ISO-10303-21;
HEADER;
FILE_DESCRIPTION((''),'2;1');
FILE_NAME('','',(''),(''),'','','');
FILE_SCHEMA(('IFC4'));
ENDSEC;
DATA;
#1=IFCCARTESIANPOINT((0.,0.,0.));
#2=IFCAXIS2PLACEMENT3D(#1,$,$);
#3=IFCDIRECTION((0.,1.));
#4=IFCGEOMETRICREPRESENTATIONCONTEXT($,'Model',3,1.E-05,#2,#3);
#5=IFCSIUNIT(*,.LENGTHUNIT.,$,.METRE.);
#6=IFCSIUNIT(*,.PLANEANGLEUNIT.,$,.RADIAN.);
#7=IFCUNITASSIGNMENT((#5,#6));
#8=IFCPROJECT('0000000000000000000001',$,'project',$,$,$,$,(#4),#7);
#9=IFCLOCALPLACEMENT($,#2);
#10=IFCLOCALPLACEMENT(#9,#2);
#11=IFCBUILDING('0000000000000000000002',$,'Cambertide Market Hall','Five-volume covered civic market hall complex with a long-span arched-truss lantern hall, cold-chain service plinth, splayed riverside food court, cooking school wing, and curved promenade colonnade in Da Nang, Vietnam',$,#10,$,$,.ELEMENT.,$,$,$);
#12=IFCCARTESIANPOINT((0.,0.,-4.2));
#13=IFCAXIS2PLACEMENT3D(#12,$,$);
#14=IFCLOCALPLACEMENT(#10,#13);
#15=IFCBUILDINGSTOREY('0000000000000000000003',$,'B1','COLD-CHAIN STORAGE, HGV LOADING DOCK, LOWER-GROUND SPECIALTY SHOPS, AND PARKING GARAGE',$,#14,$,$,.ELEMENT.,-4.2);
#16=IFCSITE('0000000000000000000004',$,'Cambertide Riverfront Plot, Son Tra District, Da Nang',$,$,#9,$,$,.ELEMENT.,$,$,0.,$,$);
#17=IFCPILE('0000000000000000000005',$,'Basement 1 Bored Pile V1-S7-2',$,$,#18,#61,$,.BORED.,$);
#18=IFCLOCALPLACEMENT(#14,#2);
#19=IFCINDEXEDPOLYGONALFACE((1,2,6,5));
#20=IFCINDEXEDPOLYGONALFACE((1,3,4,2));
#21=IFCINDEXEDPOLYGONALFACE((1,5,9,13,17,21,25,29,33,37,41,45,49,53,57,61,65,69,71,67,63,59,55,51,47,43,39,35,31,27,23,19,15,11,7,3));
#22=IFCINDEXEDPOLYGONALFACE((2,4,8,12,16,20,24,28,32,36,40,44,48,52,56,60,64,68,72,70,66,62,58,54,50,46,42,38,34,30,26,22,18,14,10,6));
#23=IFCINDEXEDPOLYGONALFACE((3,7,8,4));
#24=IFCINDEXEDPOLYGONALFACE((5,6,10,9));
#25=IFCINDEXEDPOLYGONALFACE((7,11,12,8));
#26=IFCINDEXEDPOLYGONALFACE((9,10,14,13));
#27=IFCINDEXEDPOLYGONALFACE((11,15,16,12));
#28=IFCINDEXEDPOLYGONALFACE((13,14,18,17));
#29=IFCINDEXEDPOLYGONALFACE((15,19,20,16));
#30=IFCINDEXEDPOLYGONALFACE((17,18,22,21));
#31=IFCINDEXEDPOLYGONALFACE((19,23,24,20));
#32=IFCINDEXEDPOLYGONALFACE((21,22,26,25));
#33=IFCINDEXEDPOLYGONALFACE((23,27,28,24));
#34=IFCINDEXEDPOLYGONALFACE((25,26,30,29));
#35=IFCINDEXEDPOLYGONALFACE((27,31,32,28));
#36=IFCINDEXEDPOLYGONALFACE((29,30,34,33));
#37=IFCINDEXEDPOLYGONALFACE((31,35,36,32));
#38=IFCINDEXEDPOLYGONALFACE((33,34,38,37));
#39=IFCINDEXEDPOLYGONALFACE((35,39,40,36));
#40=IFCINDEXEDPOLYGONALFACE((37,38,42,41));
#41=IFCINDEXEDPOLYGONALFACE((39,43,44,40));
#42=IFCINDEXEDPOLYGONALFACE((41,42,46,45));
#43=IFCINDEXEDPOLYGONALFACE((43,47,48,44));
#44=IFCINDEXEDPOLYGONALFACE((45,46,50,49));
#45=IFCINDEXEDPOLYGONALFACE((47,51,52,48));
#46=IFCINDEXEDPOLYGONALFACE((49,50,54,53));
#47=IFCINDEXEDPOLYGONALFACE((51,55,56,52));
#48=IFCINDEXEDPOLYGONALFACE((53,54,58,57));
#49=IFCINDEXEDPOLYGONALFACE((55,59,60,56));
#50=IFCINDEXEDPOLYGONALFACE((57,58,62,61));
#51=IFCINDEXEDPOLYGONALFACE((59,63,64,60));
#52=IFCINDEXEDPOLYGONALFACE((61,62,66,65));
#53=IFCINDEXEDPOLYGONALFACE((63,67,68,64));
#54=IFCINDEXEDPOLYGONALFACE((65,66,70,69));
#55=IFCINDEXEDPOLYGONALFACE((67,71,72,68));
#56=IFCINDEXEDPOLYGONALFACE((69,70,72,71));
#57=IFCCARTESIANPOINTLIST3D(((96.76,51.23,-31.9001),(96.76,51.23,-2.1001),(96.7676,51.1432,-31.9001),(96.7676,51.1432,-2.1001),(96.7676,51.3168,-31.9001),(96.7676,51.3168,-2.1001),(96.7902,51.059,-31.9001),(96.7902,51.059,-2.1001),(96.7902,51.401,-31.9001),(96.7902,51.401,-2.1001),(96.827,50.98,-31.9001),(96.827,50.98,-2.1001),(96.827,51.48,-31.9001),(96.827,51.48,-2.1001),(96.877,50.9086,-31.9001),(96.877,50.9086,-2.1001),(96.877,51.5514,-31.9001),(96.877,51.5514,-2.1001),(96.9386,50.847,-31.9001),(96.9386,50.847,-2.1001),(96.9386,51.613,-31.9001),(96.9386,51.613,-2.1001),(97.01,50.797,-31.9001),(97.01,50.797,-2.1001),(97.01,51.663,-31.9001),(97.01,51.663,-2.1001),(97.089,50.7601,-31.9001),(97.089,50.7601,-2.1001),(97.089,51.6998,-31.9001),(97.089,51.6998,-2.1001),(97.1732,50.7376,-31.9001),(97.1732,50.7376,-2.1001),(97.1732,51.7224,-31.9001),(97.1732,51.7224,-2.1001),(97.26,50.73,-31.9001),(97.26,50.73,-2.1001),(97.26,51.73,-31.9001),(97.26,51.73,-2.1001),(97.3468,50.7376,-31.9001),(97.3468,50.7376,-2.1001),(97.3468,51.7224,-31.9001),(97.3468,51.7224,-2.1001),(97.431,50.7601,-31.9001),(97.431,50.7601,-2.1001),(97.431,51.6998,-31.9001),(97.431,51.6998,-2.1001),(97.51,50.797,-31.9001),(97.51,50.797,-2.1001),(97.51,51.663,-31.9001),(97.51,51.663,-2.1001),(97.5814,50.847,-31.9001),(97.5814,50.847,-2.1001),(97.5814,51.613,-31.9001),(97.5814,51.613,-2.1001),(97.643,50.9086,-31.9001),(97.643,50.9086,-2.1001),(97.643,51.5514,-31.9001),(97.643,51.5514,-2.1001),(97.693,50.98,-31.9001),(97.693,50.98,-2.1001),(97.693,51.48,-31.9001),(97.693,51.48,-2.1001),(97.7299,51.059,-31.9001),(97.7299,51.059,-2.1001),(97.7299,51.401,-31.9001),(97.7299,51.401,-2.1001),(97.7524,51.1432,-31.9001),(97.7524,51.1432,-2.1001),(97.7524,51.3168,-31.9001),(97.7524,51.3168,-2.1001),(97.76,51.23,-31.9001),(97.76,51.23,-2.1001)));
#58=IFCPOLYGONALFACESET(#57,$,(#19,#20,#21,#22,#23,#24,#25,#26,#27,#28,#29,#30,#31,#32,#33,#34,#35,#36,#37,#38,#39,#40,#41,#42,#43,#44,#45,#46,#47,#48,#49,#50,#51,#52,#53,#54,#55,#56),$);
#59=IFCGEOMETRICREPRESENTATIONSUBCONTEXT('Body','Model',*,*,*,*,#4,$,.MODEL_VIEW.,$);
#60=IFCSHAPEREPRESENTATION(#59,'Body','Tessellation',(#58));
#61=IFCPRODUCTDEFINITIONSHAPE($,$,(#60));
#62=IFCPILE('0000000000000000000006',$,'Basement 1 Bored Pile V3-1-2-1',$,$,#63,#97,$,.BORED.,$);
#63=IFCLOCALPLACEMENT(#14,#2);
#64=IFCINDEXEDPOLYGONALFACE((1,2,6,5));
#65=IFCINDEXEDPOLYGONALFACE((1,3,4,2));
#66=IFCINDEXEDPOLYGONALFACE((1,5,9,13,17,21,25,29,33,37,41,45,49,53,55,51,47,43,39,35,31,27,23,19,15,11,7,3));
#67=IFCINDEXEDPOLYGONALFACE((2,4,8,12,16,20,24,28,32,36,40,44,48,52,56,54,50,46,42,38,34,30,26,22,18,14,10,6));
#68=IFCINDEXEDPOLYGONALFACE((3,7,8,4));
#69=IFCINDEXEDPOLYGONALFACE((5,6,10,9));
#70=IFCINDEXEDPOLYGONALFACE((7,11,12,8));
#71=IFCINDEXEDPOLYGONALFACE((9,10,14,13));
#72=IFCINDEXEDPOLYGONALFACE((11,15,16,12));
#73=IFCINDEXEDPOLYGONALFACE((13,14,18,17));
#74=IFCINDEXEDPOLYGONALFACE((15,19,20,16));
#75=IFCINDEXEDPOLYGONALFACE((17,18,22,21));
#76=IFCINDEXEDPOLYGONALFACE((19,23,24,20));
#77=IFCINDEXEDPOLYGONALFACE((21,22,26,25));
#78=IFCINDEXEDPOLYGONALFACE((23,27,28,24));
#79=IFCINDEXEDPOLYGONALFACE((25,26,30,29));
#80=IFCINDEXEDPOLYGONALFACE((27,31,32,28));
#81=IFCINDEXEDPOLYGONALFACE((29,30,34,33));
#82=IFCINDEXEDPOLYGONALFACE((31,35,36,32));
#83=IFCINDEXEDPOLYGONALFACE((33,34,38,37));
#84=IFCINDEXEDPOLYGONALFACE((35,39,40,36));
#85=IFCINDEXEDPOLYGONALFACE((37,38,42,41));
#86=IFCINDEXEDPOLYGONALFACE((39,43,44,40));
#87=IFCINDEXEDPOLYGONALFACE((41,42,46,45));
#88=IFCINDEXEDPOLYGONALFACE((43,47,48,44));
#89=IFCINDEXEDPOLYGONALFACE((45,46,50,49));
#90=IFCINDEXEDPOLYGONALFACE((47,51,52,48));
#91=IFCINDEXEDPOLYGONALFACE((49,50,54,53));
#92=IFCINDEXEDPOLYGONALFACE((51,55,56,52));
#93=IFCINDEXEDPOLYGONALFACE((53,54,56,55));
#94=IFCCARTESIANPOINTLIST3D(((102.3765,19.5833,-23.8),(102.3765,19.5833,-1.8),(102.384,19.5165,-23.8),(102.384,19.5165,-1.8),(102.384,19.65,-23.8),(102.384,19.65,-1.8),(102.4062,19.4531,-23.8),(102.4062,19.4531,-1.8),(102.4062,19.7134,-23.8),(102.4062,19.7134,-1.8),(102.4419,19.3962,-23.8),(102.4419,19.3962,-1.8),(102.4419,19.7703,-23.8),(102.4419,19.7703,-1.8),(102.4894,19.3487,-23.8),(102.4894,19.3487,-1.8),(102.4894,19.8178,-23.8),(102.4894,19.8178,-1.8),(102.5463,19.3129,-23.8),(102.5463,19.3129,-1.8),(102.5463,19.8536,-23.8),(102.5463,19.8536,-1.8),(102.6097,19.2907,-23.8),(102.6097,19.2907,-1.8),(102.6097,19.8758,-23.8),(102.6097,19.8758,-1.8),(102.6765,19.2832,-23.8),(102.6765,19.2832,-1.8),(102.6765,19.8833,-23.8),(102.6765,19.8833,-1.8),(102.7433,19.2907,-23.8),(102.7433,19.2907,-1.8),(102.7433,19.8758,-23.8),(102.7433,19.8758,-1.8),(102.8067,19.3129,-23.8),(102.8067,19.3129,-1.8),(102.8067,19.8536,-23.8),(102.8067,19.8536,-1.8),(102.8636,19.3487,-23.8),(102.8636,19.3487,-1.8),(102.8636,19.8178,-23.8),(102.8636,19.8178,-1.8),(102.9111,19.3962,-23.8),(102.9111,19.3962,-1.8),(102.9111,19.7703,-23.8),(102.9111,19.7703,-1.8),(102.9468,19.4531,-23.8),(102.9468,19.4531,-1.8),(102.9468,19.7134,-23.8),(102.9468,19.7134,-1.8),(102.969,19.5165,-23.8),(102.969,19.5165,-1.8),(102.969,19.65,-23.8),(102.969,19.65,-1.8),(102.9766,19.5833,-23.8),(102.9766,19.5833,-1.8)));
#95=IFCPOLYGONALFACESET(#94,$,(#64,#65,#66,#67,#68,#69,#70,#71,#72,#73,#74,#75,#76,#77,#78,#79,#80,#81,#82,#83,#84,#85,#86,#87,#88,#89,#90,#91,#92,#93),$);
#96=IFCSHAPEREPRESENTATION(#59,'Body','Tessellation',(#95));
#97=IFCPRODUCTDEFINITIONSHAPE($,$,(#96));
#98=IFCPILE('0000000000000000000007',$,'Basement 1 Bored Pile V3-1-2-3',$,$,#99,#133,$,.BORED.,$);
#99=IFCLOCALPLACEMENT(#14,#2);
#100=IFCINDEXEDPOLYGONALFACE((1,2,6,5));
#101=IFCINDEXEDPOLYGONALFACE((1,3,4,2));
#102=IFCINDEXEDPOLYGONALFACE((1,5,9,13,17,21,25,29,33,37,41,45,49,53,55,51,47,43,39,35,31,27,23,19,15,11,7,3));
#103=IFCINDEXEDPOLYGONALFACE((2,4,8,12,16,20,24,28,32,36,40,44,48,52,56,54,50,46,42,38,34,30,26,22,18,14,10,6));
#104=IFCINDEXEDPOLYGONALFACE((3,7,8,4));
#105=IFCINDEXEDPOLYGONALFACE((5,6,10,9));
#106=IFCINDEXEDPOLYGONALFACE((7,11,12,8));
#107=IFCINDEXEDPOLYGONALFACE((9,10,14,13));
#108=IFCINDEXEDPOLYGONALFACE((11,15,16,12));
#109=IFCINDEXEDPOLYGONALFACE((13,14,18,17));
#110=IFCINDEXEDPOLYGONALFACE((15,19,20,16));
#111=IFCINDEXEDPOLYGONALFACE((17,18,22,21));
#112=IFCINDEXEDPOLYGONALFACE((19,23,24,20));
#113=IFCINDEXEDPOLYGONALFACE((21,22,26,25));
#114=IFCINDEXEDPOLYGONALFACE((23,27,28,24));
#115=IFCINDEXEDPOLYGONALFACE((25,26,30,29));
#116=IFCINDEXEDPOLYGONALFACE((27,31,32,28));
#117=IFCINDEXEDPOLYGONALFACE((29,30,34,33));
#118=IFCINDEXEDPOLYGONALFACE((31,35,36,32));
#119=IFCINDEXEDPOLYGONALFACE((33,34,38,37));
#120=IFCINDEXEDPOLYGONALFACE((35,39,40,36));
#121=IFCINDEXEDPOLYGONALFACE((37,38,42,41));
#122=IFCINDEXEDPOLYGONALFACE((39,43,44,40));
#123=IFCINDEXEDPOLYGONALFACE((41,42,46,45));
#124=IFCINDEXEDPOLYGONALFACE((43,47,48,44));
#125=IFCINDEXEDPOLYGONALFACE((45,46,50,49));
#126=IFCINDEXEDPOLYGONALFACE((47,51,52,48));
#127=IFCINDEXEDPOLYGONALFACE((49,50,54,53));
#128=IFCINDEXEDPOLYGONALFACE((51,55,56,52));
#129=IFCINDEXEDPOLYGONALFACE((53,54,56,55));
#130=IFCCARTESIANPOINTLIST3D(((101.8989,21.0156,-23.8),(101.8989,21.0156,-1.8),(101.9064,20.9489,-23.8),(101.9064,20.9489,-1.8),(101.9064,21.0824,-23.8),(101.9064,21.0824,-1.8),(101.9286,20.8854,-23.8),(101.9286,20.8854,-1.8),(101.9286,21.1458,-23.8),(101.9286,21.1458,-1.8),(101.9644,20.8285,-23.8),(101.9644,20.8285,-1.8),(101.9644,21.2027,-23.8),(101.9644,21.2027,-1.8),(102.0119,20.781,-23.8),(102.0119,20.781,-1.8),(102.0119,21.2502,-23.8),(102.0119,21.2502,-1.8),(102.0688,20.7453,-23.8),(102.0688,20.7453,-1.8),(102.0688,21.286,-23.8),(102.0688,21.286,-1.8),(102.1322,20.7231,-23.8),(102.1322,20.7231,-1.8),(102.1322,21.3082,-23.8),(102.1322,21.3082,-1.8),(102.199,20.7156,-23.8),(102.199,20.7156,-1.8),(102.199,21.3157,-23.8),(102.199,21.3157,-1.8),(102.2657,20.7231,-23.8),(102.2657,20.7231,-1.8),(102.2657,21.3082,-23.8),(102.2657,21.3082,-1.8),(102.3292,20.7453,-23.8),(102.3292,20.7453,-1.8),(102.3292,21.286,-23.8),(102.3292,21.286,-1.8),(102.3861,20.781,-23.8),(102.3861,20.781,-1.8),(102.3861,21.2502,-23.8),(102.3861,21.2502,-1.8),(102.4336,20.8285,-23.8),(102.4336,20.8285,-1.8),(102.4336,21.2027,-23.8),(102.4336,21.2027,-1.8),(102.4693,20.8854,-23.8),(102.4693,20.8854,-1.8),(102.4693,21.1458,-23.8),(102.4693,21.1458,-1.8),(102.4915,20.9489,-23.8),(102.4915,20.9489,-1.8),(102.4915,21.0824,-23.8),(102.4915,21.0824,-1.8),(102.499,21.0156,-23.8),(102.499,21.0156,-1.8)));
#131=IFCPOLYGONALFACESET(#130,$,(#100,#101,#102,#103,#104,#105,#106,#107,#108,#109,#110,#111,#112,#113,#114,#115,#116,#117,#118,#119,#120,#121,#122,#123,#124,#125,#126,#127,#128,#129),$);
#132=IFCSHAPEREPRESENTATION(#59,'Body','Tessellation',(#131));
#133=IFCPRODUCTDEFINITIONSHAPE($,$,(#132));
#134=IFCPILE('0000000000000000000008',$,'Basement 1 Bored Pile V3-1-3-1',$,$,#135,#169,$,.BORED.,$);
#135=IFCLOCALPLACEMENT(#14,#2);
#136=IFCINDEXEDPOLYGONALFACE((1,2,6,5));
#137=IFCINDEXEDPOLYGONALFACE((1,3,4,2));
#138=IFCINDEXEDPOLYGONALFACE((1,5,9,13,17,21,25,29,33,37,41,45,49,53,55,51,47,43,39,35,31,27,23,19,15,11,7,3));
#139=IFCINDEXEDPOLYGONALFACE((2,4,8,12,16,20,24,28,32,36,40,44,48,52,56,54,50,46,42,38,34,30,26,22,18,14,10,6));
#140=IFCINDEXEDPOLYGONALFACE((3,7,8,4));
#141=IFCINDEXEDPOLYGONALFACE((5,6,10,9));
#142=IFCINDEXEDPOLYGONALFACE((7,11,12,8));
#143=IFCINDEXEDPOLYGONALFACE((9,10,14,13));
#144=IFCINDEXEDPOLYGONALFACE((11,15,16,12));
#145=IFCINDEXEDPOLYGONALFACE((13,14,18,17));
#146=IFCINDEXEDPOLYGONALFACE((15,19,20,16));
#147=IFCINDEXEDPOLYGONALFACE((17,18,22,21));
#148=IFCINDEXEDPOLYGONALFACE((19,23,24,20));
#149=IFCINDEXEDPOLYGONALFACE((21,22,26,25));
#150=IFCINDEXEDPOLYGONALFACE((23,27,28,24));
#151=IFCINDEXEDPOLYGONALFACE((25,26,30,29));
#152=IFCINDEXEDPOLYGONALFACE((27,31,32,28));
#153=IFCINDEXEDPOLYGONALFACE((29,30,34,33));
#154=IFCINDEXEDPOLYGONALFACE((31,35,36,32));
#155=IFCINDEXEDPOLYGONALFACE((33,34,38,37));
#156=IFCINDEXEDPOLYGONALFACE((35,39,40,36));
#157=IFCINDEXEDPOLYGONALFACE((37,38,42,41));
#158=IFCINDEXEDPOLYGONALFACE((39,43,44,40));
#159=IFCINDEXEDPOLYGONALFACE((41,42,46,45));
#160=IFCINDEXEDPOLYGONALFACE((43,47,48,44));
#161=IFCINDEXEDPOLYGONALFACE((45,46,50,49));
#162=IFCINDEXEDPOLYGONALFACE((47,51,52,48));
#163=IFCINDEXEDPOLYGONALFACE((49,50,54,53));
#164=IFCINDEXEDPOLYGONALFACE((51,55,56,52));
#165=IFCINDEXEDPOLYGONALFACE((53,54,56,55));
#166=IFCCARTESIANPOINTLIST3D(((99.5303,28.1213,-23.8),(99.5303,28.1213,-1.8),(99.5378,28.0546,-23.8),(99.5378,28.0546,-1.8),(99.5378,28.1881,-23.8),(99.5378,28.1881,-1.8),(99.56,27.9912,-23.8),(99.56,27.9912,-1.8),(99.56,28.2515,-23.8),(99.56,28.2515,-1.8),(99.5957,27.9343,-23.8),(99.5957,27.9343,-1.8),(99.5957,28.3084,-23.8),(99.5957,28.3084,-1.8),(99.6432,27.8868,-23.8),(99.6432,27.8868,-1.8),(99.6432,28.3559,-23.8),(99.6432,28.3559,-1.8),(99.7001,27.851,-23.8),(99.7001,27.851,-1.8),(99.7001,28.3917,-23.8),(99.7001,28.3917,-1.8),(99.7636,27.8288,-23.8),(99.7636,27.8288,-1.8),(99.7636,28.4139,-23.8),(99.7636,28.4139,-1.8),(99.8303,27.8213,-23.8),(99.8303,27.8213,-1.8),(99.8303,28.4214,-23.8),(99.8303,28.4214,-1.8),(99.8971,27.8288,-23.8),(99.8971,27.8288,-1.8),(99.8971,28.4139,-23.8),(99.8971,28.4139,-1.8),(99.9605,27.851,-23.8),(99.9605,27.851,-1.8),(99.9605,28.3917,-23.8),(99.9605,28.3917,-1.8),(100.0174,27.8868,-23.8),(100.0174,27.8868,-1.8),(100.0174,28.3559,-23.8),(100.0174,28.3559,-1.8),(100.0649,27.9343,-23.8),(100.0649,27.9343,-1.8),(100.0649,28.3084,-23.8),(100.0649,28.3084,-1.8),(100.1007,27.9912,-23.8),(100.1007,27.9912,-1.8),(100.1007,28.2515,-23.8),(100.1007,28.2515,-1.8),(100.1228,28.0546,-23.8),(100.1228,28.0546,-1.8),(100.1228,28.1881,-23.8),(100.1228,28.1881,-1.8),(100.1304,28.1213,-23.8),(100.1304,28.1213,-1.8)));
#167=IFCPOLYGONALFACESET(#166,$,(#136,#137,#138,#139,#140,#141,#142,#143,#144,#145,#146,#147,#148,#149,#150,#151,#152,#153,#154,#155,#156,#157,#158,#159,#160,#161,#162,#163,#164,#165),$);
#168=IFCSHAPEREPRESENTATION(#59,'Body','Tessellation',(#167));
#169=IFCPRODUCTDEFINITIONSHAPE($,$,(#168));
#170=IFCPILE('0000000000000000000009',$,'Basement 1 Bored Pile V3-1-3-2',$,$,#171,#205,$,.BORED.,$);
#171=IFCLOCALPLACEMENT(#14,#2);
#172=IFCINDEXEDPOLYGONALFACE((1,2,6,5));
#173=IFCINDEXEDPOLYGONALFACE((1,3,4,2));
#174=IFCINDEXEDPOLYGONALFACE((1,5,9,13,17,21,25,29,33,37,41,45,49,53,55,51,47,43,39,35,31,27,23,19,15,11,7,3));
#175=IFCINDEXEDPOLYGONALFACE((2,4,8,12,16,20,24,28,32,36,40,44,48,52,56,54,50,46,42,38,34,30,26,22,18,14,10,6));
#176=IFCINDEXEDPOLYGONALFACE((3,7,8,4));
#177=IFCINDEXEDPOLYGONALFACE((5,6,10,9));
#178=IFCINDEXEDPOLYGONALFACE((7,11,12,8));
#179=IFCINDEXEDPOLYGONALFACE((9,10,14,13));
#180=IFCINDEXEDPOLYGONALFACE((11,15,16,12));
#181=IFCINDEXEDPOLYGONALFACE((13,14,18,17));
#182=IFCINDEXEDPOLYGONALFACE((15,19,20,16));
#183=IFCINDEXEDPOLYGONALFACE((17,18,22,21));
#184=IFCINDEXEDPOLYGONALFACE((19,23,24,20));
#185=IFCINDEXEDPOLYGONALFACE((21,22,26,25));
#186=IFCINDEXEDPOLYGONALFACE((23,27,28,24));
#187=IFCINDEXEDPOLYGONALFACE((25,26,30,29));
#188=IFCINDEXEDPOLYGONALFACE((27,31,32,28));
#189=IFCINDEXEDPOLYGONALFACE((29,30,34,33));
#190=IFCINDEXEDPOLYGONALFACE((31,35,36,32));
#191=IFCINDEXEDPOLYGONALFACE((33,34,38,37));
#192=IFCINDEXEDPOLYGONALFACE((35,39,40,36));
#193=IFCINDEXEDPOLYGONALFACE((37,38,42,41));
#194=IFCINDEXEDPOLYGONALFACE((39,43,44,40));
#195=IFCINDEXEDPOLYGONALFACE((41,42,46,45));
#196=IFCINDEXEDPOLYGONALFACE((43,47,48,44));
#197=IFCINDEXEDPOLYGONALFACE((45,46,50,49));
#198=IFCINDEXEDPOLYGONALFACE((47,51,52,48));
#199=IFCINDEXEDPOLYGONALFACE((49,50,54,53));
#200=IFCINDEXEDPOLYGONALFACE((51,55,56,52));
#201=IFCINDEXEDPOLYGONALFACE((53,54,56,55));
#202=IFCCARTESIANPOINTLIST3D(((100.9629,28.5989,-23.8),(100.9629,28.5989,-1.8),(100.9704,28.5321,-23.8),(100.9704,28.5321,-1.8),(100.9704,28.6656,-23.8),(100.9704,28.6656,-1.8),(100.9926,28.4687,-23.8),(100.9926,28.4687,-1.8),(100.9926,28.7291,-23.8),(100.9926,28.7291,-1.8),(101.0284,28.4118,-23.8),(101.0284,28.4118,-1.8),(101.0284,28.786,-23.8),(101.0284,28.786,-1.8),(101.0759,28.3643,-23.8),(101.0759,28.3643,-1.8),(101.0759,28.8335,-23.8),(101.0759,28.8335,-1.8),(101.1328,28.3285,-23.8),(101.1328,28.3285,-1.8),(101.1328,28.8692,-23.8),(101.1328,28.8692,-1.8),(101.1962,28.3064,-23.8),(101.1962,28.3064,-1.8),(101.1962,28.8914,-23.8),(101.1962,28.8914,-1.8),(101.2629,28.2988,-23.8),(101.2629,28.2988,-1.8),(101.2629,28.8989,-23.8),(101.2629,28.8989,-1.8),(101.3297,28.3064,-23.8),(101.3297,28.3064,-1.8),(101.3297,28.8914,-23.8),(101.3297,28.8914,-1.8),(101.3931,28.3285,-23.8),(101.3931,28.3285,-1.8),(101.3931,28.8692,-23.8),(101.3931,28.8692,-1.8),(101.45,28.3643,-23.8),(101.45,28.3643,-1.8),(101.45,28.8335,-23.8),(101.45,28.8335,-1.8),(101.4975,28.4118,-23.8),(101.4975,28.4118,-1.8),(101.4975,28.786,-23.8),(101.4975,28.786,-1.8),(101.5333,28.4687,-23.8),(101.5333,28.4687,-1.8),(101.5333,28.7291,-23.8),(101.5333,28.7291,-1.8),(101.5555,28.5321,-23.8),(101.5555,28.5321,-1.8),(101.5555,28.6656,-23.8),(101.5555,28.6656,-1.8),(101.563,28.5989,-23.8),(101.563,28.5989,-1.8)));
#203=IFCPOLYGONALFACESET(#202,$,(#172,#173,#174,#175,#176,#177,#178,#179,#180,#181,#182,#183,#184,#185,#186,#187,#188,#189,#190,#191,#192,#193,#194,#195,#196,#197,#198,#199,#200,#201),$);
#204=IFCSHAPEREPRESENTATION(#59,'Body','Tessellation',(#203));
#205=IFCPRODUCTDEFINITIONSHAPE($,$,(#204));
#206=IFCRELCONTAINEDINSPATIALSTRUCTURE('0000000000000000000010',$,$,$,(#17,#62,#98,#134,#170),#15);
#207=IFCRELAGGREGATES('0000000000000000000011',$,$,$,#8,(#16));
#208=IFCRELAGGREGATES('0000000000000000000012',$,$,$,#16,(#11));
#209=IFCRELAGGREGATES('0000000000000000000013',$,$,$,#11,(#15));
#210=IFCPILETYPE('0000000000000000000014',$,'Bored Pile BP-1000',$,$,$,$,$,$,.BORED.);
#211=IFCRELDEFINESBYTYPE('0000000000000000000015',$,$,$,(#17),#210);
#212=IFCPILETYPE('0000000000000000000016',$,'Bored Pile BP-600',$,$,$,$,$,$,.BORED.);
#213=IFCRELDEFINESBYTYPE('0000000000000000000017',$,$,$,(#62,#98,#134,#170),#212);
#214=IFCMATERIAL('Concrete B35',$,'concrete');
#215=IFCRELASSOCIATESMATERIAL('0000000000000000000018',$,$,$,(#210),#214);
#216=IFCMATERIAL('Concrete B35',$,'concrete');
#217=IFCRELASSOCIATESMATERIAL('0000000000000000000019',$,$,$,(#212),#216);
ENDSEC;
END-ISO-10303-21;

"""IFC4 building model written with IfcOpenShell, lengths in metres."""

from ifc_helpers import new_model, si_unit, direction, frame, origin, origin_2d, place, context, subcontext, project, spatial, circle, extrude, material, material_profile, profile_set, type_object, element, save


model = new_model("IFC4")

# Units and contexts
model_context = context("Model", 3, precision=1e-05, world=origin(), true_north=direction((0.0, 1.0)))
body_context = subcontext(model_context, "Body", "Model", "MODEL_VIEW")
ifc_project = project(units=[si_unit("LENGTHUNIT", "METRE"), si_unit("PLANEANGLEUNIT", "RADIAN")], contexts=[model_context])

# Site, building, storey
site_placement = place(None, origin())
site = spatial("IfcSite", under=ifc_project, at=site_placement, Name="Cambertide Riverfront Plot, Son Tra District, Da Nang", CompositionType="ELEMENT", RefElevation=0.0)
building_placement = place(site_placement, origin())
building = spatial("IfcBuilding", under=site, at=building_placement, Name="Cambertide Market Hall", Description="Five-volume covered civic market hall complex with a long-span arched-truss lantern hall, cold-chain service plinth, splayed riverside food court, cooking school wing, and curved promenade colonnade in Da Nang, Vietnam", CompositionType="ELEMENT")
storey_placement = place(building_placement, frame((0.0, 0.0, -4.2)))
storey = spatial("IfcBuildingStorey", under=building, at=storey_placement, Name="B1", Description="COLD-CHAIN STORAGE, HGV LOADING DOCK, LOWER-GROUND SPECIALTY SHOPS, AND PARKING GARAGE", CompositionType="ELEMENT", Elevation=-4.2)

# Piles
ifc_material_1 = material(Name="Concrete B35", Category="concrete")
ifc_material_profile_1 = material_profile(ifc_material_1, circle(Radius=0.5, at=origin_2d()), Name="BP D1000")
ifc_profile_set_1 = profile_set([ifc_material_profile_1], Name="Concrete B35")
pile_type_1 = type_object("IfcPileType", Name="Bored Pile BP-1000", PredefinedType="BORED", material=ifc_profile_set_1)
pile_placement = place(storey_placement, frame((97.26, 51.23, -2.1001), z_axis=(0.0, 0.0, -1.0), x_axis=(1.0, 0.0, 0.0)))
element("IfcPile", 1, at=pile_placement, inside=storey, type_object=pile_type_1, Name="Basement 1 Bored Pile V1-S7-2", PredefinedType="BORED", context=body_context, shape_type="SweptSolid", body=[
    extrude(circle(Radius=0.5, at=origin_2d()), origin(), (0.0, 0.0, 1.0), 29.8),
])
ifc_material_2 = material(Name="Concrete B35", Category="concrete")
ifc_material_profile_2 = material_profile(ifc_material_2, circle(Radius=0.3, at=origin_2d()), Name="BP D600")
ifc_profile_set_2 = profile_set([ifc_material_profile_2], Name="Concrete B35")
pile_type_2 = type_object("IfcPileType", Name="Bored Pile BP-600", PredefinedType="BORED", material=ifc_profile_set_2)
for number, where, z_axis, x_axis, name in (
    (2, (102.6765, 19.5833, -1.8), (0.0, 0.0, -1.0), (1.0, 0.0, 0.0), "Basement 1 Bored Pile V3-1-2-1"),
    (3, (102.199, 21.0156, -1.8), (0.0, 0.0, -1.0), (1.0, 0.0, 0.0), "Basement 1 Bored Pile V3-1-2-3"),
    (4, (99.8303, 28.1213, -1.8), (0.0, 0.0, -1.0), (1.0, 0.0, 0.0), "Basement 1 Bored Pile V3-1-3-1"),
    (5, (101.2629, 28.5989, -1.8), (0.0, 0.0, -1.0), (1.0, 0.0, 0.0), "Basement 1 Bored Pile V3-1-3-2"),
):
    element("IfcPile", number, at=place(storey_placement, frame(where, z_axis=z_axis, x_axis=x_axis)), inside=storey, type_object=pile_type_2, Name=name, PredefinedType="BORED", context=body_context, shape_type="SweptSolid", body=[
        extrude(circle(Radius=0.3, at=origin_2d()), origin(), (0.0, 0.0, 1.0), 22.0),
    ])

save(model, "model.ifc")
